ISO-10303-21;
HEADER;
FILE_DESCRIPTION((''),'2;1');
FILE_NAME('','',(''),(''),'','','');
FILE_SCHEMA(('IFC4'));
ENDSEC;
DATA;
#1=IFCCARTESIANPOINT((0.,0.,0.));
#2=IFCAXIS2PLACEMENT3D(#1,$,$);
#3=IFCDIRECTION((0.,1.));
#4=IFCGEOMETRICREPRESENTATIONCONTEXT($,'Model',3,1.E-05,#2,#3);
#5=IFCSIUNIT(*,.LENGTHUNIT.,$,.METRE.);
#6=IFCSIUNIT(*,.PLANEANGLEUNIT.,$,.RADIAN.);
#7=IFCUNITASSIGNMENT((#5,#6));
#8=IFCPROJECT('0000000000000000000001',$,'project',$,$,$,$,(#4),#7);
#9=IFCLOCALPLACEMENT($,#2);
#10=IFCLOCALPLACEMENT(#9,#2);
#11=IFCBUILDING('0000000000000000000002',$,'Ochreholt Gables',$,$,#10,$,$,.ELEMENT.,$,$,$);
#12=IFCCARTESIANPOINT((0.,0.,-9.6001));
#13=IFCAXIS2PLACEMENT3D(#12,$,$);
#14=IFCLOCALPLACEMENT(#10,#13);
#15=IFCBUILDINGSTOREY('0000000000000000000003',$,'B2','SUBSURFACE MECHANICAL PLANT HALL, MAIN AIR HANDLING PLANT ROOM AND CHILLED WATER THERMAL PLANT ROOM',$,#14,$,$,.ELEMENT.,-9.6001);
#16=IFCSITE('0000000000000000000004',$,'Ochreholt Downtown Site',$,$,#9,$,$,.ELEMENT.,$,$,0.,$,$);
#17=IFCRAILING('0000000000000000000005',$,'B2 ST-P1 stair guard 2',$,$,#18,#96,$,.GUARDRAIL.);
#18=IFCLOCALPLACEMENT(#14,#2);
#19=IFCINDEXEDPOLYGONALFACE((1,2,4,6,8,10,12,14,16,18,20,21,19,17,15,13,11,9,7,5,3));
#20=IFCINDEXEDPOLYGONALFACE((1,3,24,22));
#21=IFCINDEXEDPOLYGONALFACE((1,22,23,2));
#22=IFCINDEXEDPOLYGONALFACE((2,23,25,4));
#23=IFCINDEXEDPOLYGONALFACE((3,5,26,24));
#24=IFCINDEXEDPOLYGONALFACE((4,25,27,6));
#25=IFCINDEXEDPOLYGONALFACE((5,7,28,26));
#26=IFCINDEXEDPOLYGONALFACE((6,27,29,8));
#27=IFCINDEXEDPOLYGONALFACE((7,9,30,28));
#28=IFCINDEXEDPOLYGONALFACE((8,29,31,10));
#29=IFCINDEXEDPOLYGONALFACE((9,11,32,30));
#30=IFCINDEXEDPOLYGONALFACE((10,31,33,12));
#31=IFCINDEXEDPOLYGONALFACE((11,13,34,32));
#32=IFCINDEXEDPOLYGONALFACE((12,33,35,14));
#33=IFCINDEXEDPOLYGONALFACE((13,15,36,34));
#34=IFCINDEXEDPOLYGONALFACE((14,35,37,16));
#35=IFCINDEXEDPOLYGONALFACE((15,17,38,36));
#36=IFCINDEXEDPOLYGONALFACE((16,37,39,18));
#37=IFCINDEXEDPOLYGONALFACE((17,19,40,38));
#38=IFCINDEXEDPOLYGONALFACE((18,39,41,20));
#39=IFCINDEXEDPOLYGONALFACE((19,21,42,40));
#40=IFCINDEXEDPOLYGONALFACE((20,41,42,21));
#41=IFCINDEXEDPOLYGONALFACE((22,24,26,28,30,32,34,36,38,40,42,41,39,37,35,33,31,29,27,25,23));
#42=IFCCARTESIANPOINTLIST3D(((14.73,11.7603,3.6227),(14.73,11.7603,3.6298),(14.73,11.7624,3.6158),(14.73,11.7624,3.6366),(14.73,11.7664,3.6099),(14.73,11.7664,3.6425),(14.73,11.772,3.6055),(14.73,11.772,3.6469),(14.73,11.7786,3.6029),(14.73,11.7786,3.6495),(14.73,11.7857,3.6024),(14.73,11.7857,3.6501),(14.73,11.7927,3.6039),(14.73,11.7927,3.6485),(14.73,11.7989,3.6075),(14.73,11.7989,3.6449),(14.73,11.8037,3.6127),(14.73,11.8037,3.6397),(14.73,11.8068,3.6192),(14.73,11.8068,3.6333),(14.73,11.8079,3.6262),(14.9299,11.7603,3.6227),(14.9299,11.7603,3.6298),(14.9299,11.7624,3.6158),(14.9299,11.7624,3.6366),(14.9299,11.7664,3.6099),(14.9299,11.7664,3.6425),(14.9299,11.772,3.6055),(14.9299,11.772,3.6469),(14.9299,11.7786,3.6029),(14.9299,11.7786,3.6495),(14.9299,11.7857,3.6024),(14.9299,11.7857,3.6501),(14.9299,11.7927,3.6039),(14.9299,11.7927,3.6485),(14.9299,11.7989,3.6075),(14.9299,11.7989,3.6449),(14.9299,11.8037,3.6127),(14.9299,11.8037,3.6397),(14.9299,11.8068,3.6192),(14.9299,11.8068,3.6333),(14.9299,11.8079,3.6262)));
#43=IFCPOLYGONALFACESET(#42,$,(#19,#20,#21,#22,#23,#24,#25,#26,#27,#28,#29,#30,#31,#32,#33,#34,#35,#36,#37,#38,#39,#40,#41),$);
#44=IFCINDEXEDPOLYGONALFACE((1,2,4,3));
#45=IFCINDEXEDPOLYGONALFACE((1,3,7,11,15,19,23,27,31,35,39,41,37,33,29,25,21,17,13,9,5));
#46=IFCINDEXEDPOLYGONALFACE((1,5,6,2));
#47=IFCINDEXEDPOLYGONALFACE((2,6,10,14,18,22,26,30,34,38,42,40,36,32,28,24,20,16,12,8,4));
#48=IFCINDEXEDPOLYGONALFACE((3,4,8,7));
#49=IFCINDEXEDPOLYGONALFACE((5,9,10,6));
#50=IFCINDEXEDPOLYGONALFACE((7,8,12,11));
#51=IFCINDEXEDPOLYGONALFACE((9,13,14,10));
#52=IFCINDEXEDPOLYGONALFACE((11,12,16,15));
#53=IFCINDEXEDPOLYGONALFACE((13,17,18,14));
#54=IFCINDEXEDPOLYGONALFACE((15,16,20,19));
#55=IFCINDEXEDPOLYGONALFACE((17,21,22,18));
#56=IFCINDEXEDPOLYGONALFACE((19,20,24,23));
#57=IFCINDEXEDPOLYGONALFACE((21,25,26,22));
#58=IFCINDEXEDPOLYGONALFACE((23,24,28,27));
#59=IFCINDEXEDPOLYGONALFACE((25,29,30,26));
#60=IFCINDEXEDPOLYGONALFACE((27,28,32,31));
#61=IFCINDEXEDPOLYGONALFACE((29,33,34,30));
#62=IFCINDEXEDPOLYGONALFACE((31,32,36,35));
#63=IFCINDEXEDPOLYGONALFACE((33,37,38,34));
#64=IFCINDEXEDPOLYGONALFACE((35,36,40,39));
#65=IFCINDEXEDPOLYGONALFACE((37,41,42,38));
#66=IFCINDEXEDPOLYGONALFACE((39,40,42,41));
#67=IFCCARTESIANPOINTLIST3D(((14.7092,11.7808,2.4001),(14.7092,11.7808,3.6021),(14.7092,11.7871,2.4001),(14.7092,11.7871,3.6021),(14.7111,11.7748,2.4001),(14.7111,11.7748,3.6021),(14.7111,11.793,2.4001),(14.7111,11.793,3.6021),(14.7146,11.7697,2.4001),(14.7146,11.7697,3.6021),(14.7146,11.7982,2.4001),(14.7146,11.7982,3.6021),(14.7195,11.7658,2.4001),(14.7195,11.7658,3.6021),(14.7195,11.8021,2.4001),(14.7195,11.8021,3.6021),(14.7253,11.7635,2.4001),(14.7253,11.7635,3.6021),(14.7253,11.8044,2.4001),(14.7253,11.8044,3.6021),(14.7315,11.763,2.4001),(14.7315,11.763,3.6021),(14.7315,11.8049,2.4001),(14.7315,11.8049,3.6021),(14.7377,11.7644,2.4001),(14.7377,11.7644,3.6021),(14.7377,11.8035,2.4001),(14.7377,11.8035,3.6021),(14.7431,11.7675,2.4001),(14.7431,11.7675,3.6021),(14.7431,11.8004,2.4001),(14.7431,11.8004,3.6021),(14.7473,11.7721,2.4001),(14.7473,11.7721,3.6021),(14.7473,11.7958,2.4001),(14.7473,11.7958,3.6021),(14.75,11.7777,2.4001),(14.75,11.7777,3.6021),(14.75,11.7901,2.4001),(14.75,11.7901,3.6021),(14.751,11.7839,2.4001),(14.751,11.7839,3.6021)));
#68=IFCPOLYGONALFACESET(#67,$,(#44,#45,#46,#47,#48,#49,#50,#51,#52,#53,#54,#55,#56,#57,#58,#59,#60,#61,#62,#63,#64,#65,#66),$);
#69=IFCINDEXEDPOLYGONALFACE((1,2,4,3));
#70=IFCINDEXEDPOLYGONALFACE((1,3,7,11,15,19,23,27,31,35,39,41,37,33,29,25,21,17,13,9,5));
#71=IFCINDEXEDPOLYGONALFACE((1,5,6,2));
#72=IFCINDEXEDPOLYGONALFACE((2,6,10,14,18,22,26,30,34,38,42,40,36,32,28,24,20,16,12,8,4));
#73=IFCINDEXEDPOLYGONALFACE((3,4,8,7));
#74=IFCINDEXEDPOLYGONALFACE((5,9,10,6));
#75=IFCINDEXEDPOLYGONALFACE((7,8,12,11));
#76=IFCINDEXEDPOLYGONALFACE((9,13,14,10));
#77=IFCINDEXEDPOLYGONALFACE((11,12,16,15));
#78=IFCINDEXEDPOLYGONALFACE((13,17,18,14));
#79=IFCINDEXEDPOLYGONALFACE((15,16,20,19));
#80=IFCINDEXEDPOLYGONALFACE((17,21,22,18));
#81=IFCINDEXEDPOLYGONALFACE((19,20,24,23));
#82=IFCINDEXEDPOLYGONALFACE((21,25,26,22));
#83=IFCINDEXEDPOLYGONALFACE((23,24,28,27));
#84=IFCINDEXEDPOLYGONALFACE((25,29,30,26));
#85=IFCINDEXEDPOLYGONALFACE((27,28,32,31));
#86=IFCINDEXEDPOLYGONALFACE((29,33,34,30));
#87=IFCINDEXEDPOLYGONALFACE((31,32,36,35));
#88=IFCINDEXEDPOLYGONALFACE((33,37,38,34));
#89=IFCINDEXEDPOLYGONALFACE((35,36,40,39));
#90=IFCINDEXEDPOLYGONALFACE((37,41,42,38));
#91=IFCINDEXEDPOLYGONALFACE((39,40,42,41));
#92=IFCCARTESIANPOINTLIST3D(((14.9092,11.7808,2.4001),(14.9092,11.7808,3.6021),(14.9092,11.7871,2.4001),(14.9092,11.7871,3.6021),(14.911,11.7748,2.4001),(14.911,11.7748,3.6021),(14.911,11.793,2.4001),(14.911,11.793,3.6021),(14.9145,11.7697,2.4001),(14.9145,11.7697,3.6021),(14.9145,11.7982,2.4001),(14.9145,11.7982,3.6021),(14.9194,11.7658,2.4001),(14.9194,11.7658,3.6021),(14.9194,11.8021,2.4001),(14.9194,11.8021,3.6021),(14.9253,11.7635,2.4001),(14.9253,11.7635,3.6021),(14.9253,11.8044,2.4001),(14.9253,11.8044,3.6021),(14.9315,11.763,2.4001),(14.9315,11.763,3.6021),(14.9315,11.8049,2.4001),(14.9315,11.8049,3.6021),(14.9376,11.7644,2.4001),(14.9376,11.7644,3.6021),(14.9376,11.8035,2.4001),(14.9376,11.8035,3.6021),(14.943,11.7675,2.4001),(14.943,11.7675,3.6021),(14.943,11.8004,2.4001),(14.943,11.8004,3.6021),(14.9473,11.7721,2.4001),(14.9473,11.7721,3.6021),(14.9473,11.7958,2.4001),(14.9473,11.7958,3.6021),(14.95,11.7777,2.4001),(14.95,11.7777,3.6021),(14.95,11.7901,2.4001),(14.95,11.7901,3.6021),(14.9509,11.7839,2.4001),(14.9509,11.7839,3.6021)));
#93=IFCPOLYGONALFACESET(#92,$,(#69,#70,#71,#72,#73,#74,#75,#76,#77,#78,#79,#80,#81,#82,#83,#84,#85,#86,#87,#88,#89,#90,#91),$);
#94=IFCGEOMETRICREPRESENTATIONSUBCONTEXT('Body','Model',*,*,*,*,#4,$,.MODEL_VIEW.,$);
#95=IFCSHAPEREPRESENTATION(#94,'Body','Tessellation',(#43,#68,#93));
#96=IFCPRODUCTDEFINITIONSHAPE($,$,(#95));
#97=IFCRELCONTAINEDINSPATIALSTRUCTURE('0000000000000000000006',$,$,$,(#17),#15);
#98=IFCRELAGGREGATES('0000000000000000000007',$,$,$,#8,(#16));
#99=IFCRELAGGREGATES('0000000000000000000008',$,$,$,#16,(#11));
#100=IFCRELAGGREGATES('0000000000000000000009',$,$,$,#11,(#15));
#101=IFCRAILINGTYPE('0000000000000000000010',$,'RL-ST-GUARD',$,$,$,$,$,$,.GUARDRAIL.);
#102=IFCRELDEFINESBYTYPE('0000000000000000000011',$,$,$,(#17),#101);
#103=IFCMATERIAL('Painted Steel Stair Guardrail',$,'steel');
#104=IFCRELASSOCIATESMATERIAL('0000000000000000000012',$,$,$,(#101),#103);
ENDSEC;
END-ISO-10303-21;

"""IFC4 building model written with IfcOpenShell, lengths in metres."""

from ifc_helpers import new_model, si_unit, direction, frame, origin, origin_2d, place, context, subcontext, project, spatial, circle, extrude, material, type_object, element, save


model = new_model("IFC4")

# Units and contexts
model_context = context("Model", 3, precision=1e-05, world=origin(), true_north=direction((0.0, 1.0)))
body_context = subcontext(model_context, "Body", "Model", "MODEL_VIEW")
ifc_project = project(units=[si_unit("LENGTHUNIT", "METRE"), si_unit("PLANEANGLEUNIT", "RADIAN")], contexts=[model_context])

# Site, building, storey
site_placement = place(None, origin())
site = spatial("IfcSite", under=ifc_project, at=site_placement, Name="Ochreholt Downtown Site", CompositionType="ELEMENT", RefElevation=0.0)
building_placement = place(site_placement, origin())
building = spatial("IfcBuilding", under=site, at=building_placement, Name="Ochreholt Gables", CompositionType="ELEMENT")
storey_placement = place(building_placement, frame((0.0, 0.0, -9.6001)))
storey = spatial("IfcBuildingStorey", under=building, at=storey_placement, Name="B2", Description="SUBSURFACE MECHANICAL PLANT HALL, MAIN AIR HANDLING PLANT ROOM AND CHILLED WATER THERMAL PLANT ROOM", CompositionType="ELEMENT", Elevation=-9.6001)

# Railing
ifc_material_1 = material(Name="Painted Steel Stair Guardrail", Category="steel")
railing_type_1 = type_object("IfcRailingType", Name="RL-ST-GUARD", PredefinedType="GUARDRAIL", material=ifc_material_1)
railing_1_placement = place(storey_placement, frame((14.73, 11.7839, 2.4001)))
element("IfcRailing", 1, at=railing_1_placement, inside=storey, type_object=railing_type_1, Name="B2 ST-P1 stair guard 2", PredefinedType="GUARDRAIL", context=body_context, shape_type="SweptSolid", body=[
    extrude(circle(Radius=0.0239, at=origin_2d()), frame((0.0, 0.0, 1.2261), z_axis=(1.0, 0.0, 0.0), x_axis=(0.0, 1.0, 0.0)), (0.0, 0.0, 1.0), 0.2),
    extrude(circle(Radius=0.021, at=origin_2d()), origin(), (0.0, 0.0, 1.0), 1.2019),
    extrude(circle(Radius=0.021, at=origin_2d()), frame((0.2, 0.0, 0.0)), (0.0, 0.0, 1.0), 1.2019),
])

save(model, "model.ifc")
